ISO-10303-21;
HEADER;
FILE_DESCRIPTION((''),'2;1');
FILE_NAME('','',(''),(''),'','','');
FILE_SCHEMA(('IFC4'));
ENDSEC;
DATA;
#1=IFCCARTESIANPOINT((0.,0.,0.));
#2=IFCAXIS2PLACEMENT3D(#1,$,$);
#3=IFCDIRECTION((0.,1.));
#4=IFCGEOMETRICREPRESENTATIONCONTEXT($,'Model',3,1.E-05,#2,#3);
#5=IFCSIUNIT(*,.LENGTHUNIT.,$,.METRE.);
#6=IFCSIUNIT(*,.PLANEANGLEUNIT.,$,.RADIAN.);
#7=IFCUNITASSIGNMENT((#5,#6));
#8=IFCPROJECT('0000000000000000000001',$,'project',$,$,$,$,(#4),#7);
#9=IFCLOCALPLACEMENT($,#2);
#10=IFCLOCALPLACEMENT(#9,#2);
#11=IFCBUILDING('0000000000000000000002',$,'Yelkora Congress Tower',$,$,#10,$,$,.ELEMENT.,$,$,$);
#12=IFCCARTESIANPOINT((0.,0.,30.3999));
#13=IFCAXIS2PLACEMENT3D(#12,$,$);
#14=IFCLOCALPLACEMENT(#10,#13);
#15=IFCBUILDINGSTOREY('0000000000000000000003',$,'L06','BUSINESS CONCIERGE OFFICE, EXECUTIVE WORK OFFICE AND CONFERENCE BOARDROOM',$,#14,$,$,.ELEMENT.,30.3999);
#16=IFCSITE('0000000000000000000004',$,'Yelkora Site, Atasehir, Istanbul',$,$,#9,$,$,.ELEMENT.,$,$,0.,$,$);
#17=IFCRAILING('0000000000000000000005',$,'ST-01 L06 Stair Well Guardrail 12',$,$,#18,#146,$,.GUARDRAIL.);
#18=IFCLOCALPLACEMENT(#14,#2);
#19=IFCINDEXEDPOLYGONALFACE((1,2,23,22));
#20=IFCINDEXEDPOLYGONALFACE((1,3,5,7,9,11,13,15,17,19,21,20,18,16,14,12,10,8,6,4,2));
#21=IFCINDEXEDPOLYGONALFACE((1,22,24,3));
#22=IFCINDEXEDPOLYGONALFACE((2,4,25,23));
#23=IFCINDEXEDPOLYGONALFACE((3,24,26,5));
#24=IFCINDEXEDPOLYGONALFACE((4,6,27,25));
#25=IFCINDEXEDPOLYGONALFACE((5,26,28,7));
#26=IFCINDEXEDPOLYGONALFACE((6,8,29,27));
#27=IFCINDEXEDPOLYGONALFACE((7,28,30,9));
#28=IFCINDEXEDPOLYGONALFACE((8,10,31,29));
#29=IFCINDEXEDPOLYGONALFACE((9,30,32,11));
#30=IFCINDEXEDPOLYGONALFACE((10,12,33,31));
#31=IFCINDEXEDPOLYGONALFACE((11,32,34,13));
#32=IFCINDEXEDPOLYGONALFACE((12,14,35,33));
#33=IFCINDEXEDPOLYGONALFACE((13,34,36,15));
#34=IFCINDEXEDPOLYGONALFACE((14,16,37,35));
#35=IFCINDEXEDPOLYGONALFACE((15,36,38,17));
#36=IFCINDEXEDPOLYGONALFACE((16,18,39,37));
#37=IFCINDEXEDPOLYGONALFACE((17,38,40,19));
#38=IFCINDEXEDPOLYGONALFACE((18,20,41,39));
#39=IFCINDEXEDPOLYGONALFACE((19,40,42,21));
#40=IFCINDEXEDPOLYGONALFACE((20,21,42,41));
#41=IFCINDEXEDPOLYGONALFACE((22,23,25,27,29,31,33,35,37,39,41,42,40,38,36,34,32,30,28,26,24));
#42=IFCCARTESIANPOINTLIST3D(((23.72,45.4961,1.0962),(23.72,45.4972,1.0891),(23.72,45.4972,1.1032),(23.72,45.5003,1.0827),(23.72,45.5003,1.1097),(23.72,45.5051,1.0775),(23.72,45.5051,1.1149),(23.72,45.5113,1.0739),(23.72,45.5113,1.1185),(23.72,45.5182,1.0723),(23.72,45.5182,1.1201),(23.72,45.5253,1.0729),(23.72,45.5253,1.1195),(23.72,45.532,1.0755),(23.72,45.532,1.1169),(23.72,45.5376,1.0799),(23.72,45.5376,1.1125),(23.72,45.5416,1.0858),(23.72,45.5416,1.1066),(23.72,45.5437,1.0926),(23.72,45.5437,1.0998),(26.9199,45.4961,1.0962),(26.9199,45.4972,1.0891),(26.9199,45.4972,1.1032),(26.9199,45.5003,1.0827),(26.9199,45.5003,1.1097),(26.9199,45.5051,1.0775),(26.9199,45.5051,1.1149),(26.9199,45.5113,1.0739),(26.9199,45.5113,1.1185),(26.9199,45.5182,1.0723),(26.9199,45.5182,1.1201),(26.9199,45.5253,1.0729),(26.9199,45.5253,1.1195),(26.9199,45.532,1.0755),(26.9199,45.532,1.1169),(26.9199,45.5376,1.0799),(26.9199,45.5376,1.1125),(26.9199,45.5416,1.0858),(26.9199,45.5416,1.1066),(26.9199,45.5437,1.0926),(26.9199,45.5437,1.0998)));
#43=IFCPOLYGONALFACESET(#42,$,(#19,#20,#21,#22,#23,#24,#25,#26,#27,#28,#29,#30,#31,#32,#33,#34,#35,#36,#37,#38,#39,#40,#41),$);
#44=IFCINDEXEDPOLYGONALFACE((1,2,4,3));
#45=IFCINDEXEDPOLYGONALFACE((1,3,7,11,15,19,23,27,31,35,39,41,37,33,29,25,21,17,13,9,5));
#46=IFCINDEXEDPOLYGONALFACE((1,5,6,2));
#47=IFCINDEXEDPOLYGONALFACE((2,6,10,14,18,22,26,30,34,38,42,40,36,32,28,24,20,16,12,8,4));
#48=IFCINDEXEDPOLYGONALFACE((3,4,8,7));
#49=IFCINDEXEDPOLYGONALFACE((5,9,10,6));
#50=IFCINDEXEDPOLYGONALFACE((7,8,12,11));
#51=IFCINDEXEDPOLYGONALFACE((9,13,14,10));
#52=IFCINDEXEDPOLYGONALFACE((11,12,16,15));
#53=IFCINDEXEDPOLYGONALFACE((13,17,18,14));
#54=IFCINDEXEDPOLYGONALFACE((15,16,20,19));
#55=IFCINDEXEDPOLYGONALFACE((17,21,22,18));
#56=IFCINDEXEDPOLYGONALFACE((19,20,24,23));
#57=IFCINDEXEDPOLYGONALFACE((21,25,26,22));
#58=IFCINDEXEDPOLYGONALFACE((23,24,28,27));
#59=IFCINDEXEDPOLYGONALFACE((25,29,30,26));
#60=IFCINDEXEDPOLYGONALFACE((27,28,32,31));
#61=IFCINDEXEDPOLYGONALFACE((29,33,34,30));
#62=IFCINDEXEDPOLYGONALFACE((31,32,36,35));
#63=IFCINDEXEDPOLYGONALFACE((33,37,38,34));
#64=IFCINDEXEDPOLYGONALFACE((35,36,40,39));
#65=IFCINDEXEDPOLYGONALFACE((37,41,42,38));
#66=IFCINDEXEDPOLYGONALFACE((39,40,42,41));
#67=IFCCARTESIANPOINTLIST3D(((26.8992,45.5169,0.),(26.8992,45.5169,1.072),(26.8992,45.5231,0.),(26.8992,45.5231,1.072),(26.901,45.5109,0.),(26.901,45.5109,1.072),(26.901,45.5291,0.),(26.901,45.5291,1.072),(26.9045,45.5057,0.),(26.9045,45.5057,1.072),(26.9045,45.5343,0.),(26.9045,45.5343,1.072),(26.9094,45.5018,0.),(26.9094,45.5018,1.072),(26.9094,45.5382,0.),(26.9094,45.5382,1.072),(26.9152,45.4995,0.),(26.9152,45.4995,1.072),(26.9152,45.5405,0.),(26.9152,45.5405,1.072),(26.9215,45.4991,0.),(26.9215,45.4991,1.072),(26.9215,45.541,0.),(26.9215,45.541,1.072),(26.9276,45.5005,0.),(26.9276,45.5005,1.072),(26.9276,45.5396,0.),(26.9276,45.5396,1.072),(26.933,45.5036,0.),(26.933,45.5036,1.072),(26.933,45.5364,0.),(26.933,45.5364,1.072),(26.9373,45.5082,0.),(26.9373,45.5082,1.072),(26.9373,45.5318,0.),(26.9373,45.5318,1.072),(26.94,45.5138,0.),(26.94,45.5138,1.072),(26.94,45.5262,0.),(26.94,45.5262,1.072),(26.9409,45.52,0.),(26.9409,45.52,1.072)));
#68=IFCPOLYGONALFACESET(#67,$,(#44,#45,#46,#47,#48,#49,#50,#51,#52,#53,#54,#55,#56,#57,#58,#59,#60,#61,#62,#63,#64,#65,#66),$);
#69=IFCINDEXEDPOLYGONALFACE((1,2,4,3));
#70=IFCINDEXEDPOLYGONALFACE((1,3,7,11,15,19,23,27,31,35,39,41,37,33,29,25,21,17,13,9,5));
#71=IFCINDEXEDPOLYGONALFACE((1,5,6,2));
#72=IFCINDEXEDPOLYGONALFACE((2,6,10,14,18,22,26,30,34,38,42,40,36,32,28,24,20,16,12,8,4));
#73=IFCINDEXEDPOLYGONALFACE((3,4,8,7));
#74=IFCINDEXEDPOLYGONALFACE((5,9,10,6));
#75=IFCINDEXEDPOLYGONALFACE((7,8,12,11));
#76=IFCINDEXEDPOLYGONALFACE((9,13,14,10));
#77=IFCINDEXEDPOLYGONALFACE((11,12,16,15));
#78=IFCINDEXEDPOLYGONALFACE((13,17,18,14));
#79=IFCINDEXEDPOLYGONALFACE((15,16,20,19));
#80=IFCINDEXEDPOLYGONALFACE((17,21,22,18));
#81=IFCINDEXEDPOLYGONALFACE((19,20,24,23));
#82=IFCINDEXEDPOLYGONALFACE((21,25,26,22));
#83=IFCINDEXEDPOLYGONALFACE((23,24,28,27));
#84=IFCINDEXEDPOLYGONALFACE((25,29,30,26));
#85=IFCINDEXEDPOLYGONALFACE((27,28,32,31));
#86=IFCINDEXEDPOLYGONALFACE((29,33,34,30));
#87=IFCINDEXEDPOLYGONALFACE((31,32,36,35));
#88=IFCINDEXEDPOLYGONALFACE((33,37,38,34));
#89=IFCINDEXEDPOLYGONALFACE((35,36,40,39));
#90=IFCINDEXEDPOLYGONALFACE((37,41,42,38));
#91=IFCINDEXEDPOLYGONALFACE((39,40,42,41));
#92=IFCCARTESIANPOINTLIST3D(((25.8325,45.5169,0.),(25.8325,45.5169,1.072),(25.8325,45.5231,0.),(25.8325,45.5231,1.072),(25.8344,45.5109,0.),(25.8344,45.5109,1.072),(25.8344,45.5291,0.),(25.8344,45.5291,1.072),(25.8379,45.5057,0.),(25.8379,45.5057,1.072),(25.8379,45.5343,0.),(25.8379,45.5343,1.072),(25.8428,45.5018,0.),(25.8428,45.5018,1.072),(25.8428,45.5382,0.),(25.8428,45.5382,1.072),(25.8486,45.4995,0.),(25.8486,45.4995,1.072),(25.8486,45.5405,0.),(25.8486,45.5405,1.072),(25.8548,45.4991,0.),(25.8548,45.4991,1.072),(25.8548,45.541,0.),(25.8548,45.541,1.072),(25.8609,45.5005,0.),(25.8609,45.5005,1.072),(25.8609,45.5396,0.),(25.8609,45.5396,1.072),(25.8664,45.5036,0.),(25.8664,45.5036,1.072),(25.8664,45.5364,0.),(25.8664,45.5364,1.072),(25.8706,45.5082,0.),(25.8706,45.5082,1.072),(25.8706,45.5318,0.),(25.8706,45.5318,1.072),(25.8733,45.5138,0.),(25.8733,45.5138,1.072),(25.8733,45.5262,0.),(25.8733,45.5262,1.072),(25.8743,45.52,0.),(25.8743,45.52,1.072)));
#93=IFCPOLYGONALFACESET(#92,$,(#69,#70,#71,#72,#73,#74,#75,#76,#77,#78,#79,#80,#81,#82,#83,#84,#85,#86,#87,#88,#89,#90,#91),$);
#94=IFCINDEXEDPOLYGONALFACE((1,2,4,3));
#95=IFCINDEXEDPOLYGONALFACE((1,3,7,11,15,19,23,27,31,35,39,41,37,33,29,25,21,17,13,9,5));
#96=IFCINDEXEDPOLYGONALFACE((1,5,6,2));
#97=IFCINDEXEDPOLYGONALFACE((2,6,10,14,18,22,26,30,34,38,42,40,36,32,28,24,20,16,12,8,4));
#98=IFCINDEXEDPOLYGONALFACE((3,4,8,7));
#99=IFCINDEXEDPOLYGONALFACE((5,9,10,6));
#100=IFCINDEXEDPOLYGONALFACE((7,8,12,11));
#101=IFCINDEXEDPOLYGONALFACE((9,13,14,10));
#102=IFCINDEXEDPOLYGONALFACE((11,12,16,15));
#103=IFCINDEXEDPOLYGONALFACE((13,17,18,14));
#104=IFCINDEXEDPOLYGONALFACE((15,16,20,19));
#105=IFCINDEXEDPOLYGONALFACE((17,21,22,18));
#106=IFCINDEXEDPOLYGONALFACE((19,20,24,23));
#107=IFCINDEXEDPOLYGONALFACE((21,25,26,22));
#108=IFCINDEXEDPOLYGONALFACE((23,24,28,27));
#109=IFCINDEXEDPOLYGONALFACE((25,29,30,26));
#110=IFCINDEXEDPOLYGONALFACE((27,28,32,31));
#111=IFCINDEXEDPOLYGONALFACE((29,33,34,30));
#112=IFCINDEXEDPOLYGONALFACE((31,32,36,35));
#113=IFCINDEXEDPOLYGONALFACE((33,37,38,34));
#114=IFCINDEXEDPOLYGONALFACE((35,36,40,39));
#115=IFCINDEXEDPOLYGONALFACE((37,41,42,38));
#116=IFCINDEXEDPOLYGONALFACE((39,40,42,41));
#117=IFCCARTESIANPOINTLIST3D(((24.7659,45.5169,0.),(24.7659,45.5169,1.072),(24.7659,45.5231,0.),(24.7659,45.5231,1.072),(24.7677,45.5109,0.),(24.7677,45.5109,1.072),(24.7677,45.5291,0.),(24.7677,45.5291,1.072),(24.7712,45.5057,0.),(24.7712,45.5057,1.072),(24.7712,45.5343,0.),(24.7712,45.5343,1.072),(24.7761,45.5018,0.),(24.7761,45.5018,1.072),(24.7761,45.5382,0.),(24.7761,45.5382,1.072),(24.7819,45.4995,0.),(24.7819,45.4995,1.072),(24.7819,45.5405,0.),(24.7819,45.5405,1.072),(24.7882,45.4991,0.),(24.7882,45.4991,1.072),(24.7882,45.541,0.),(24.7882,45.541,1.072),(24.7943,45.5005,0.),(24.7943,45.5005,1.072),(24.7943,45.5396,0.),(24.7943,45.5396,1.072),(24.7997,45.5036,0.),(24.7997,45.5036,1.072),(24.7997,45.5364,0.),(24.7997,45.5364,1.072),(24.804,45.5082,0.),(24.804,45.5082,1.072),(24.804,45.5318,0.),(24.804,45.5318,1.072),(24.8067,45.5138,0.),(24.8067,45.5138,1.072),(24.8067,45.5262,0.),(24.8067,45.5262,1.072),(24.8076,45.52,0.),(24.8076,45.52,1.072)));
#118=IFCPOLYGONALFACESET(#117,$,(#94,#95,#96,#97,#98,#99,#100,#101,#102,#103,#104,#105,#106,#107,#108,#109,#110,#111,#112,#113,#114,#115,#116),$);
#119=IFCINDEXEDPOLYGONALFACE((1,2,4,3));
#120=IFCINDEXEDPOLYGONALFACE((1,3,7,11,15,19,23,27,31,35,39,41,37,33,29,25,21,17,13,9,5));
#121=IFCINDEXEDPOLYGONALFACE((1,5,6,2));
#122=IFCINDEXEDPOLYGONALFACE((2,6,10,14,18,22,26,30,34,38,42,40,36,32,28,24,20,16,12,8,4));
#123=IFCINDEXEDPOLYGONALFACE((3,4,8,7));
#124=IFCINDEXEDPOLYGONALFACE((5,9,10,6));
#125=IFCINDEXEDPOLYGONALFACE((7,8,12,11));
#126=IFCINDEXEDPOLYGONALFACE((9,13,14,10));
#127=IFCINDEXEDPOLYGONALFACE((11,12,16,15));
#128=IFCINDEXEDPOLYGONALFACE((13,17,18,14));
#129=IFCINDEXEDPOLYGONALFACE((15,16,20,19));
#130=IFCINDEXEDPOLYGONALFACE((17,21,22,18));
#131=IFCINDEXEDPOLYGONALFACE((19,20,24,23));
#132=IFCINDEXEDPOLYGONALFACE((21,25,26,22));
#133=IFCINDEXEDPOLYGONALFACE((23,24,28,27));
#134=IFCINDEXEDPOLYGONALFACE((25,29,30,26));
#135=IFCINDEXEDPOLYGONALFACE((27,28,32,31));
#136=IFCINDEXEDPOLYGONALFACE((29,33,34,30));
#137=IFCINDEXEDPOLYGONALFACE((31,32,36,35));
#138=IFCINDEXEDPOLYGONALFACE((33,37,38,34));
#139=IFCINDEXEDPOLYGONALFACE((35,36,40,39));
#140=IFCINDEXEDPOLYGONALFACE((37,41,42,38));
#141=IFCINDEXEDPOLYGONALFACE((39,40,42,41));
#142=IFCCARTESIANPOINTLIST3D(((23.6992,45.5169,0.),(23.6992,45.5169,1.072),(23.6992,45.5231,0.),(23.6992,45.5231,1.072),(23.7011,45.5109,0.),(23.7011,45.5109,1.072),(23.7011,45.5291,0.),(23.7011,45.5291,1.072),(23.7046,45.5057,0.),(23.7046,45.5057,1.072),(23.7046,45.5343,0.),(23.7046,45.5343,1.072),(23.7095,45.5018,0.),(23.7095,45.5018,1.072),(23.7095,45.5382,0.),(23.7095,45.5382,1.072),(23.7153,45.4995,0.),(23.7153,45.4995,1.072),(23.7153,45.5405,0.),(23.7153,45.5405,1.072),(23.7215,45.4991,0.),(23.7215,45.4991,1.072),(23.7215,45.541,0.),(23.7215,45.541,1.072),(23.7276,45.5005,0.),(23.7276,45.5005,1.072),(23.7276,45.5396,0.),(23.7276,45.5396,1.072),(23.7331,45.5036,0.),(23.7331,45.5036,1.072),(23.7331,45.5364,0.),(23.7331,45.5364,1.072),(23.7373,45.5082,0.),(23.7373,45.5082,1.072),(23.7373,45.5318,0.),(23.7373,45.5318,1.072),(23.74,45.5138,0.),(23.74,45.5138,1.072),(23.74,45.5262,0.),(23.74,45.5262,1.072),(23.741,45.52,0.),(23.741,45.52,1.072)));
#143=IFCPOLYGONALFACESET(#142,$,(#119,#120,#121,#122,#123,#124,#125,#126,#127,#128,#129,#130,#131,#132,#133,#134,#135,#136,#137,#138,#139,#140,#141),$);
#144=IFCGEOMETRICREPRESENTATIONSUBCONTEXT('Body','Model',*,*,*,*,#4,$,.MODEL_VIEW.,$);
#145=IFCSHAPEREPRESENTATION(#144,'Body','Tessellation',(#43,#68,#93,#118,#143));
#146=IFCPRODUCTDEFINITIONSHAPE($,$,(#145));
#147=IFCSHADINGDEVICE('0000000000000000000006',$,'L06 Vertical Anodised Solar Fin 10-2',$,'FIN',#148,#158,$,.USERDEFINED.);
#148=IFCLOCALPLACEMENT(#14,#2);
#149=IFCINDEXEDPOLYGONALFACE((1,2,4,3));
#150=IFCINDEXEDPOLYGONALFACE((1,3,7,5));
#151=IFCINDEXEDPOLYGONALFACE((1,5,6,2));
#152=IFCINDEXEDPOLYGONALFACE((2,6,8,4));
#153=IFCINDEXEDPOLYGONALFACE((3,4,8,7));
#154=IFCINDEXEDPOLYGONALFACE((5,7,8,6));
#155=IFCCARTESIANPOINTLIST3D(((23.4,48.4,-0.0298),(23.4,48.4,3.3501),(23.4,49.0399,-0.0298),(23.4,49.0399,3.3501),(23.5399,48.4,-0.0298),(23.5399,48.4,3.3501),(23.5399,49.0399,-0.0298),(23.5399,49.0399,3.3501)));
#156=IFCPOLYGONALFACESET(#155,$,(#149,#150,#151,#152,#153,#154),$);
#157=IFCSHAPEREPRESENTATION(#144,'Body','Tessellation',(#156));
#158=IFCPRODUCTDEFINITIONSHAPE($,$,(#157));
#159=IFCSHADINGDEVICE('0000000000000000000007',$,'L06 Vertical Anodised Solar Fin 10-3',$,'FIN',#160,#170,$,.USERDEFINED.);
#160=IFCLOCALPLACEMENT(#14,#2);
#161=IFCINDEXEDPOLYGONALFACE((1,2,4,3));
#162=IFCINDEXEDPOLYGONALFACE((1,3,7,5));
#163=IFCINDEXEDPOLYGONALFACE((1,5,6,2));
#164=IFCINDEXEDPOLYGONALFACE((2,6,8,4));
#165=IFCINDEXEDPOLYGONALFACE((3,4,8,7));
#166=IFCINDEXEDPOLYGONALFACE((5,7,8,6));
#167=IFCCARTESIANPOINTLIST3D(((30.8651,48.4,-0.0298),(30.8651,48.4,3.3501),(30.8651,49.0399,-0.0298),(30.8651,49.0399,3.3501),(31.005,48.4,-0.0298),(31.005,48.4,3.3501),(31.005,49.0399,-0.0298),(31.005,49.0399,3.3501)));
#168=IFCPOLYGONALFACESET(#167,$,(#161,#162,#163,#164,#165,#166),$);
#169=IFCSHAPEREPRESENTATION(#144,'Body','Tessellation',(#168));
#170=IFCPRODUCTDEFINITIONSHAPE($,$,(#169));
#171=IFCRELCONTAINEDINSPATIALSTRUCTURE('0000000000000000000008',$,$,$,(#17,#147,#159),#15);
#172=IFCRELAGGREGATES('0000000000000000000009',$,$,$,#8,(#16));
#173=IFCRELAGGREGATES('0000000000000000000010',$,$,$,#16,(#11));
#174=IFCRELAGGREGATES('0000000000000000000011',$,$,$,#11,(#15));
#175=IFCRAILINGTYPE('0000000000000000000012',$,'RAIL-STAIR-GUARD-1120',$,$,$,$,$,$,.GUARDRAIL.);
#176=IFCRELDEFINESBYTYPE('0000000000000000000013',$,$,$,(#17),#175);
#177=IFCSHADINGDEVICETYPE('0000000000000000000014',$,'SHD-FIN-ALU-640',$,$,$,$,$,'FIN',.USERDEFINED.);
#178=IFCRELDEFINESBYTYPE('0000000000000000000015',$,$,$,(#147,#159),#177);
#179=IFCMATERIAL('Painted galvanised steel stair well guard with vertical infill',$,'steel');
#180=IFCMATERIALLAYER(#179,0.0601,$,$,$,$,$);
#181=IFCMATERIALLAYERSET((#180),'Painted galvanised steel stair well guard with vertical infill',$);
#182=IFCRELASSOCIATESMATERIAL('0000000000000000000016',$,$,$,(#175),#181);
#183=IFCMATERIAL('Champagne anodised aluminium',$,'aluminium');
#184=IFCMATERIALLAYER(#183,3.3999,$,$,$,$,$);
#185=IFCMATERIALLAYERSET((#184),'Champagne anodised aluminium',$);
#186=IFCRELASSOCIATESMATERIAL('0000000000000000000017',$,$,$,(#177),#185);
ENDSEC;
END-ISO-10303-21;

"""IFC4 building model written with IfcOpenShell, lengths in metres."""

from ifc_helpers import new_model, si_unit, direction, frame, origin, origin_2d, place, context, subcontext, project, spatial, rectangle, circle, extrude, material, layer, layer_set, type_object, element, save


model = new_model("IFC4")

# Units and contexts
model_context = context("Model", 3, precision=1e-05, world=origin(), true_north=direction((0.0, 1.0)))
body_context = subcontext(model_context, "Body", "Model", "MODEL_VIEW")
ifc_project = project(units=[si_unit("LENGTHUNIT", "METRE"), si_unit("PLANEANGLEUNIT", "RADIAN")], contexts=[model_context])

# Site, building, storey
site_placement = place(None, origin())
site = spatial("IfcSite", under=ifc_project, at=site_placement, Name="Yelkora Site, Atasehir, Istanbul", CompositionType="ELEMENT", RefElevation=0.0)
building_placement = place(site_placement, origin())
building = spatial("IfcBuilding", under=site, at=building_placement, Name="Yelkora Congress Tower", CompositionType="ELEMENT")
storey_placement = place(building_placement, frame((0.0, 0.0, 30.3999)))
storey = spatial("IfcBuildingStorey", under=building, at=storey_placement, Name="L06", Description="BUSINESS CONCIERGE OFFICE, EXECUTIVE WORK OFFICE AND CONFERENCE BOARDROOM", CompositionType="ELEMENT", Elevation=30.3999)

# Railing
ifc_material_1 = material(Name="Painted galvanised steel stair well guard with vertical infill", Category="steel")
ifc_layer_1 = layer(ifc_material_1, 0.0601)
ifc_layer_set_1 = layer_set([ifc_layer_1], Name="Painted galvanised steel stair well guard with vertical infill")
railing_type = type_object("IfcRailingType", Name="RAIL-STAIR-GUARD-1120", PredefinedType="GUARDRAIL", material=ifc_layer_set_1)
railing_1_placement = place(storey_placement, frame((26.9199, 45.52, 0.0)))
element("IfcRailing", 1, at=railing_1_placement, inside=storey, type_object=railing_type, Name="ST-01 L06 Stair Well Guardrail 12", PredefinedType="GUARDRAIL", context=body_context, shape_type="SweptSolid", body=[
    extrude(circle(Radius=0.0239, at=origin_2d()), frame((0.0, 0.0, 1.0962), z_axis=(-1.0, 0.0, 0.0), x_axis=(0.0, -1.0, 0.0)), (0.0, 0.0, 1.0), 3.2),
    extrude(circle(Radius=0.021, at=origin_2d()), origin(), (0.0, 0.0, 1.0), 1.072),
    extrude(circle(Radius=0.021, at=origin_2d()), frame((-1.0667, 0.0, 0.0)), (0.0, 0.0, 1.0), 1.072),
    extrude(circle(Radius=0.021, at=origin_2d()), frame((-2.1333, 0.0, 0.0)), (0.0, 0.0, 1.0), 1.072),
    extrude(circle(Radius=0.021, at=origin_2d()), frame((-3.2, 0.0, 0.0)), (0.0, 0.0, 1.0), 1.072),
])

# Shading devices
ifc_material_2 = material(Name="Champagne anodised aluminium", Category="aluminium")
ifc_layer_2 = layer(ifc_material_2, 3.3999)
ifc_layer_set_2 = layer_set([ifc_layer_2], Name="Champagne anodised aluminium")
shading_device_type = type_object("IfcShadingDeviceType", Name="SHD-FIN-ALU-640", ElementType="FIN", PredefinedType="USERDEFINED", material=ifc_layer_set_2)
for number, where, z_axis, x_axis, name in (
    (2, (23.47, 48.72, -0.0298), (0.0, 0.0, 1.0), (1.0, 0.0, 0.0), "L06 Vertical Anodised Solar Fin 10-2"),
    (3, (30.9351, 48.72, -0.0298), (0.0, 0.0, 1.0), (1.0, 0.0, 0.0), "L06 Vertical Anodised Solar Fin 10-3"),
):
    element("IfcShadingDevice", number, at=place(storey_placement, frame(where, z_axis=z_axis, x_axis=x_axis)), inside=storey, type_object=shading_device_type, Name=name, ObjectType="FIN", PredefinedType="USERDEFINED", context=body_context, shape_type="SweptSolid", body=[
        extrude(rectangle(XDim=0.1399, YDim=0.6399, at=origin_2d()), origin(), (0.0, 0.0, 1.0), 3.3799),
    ])

save(model, "model.ifc")
